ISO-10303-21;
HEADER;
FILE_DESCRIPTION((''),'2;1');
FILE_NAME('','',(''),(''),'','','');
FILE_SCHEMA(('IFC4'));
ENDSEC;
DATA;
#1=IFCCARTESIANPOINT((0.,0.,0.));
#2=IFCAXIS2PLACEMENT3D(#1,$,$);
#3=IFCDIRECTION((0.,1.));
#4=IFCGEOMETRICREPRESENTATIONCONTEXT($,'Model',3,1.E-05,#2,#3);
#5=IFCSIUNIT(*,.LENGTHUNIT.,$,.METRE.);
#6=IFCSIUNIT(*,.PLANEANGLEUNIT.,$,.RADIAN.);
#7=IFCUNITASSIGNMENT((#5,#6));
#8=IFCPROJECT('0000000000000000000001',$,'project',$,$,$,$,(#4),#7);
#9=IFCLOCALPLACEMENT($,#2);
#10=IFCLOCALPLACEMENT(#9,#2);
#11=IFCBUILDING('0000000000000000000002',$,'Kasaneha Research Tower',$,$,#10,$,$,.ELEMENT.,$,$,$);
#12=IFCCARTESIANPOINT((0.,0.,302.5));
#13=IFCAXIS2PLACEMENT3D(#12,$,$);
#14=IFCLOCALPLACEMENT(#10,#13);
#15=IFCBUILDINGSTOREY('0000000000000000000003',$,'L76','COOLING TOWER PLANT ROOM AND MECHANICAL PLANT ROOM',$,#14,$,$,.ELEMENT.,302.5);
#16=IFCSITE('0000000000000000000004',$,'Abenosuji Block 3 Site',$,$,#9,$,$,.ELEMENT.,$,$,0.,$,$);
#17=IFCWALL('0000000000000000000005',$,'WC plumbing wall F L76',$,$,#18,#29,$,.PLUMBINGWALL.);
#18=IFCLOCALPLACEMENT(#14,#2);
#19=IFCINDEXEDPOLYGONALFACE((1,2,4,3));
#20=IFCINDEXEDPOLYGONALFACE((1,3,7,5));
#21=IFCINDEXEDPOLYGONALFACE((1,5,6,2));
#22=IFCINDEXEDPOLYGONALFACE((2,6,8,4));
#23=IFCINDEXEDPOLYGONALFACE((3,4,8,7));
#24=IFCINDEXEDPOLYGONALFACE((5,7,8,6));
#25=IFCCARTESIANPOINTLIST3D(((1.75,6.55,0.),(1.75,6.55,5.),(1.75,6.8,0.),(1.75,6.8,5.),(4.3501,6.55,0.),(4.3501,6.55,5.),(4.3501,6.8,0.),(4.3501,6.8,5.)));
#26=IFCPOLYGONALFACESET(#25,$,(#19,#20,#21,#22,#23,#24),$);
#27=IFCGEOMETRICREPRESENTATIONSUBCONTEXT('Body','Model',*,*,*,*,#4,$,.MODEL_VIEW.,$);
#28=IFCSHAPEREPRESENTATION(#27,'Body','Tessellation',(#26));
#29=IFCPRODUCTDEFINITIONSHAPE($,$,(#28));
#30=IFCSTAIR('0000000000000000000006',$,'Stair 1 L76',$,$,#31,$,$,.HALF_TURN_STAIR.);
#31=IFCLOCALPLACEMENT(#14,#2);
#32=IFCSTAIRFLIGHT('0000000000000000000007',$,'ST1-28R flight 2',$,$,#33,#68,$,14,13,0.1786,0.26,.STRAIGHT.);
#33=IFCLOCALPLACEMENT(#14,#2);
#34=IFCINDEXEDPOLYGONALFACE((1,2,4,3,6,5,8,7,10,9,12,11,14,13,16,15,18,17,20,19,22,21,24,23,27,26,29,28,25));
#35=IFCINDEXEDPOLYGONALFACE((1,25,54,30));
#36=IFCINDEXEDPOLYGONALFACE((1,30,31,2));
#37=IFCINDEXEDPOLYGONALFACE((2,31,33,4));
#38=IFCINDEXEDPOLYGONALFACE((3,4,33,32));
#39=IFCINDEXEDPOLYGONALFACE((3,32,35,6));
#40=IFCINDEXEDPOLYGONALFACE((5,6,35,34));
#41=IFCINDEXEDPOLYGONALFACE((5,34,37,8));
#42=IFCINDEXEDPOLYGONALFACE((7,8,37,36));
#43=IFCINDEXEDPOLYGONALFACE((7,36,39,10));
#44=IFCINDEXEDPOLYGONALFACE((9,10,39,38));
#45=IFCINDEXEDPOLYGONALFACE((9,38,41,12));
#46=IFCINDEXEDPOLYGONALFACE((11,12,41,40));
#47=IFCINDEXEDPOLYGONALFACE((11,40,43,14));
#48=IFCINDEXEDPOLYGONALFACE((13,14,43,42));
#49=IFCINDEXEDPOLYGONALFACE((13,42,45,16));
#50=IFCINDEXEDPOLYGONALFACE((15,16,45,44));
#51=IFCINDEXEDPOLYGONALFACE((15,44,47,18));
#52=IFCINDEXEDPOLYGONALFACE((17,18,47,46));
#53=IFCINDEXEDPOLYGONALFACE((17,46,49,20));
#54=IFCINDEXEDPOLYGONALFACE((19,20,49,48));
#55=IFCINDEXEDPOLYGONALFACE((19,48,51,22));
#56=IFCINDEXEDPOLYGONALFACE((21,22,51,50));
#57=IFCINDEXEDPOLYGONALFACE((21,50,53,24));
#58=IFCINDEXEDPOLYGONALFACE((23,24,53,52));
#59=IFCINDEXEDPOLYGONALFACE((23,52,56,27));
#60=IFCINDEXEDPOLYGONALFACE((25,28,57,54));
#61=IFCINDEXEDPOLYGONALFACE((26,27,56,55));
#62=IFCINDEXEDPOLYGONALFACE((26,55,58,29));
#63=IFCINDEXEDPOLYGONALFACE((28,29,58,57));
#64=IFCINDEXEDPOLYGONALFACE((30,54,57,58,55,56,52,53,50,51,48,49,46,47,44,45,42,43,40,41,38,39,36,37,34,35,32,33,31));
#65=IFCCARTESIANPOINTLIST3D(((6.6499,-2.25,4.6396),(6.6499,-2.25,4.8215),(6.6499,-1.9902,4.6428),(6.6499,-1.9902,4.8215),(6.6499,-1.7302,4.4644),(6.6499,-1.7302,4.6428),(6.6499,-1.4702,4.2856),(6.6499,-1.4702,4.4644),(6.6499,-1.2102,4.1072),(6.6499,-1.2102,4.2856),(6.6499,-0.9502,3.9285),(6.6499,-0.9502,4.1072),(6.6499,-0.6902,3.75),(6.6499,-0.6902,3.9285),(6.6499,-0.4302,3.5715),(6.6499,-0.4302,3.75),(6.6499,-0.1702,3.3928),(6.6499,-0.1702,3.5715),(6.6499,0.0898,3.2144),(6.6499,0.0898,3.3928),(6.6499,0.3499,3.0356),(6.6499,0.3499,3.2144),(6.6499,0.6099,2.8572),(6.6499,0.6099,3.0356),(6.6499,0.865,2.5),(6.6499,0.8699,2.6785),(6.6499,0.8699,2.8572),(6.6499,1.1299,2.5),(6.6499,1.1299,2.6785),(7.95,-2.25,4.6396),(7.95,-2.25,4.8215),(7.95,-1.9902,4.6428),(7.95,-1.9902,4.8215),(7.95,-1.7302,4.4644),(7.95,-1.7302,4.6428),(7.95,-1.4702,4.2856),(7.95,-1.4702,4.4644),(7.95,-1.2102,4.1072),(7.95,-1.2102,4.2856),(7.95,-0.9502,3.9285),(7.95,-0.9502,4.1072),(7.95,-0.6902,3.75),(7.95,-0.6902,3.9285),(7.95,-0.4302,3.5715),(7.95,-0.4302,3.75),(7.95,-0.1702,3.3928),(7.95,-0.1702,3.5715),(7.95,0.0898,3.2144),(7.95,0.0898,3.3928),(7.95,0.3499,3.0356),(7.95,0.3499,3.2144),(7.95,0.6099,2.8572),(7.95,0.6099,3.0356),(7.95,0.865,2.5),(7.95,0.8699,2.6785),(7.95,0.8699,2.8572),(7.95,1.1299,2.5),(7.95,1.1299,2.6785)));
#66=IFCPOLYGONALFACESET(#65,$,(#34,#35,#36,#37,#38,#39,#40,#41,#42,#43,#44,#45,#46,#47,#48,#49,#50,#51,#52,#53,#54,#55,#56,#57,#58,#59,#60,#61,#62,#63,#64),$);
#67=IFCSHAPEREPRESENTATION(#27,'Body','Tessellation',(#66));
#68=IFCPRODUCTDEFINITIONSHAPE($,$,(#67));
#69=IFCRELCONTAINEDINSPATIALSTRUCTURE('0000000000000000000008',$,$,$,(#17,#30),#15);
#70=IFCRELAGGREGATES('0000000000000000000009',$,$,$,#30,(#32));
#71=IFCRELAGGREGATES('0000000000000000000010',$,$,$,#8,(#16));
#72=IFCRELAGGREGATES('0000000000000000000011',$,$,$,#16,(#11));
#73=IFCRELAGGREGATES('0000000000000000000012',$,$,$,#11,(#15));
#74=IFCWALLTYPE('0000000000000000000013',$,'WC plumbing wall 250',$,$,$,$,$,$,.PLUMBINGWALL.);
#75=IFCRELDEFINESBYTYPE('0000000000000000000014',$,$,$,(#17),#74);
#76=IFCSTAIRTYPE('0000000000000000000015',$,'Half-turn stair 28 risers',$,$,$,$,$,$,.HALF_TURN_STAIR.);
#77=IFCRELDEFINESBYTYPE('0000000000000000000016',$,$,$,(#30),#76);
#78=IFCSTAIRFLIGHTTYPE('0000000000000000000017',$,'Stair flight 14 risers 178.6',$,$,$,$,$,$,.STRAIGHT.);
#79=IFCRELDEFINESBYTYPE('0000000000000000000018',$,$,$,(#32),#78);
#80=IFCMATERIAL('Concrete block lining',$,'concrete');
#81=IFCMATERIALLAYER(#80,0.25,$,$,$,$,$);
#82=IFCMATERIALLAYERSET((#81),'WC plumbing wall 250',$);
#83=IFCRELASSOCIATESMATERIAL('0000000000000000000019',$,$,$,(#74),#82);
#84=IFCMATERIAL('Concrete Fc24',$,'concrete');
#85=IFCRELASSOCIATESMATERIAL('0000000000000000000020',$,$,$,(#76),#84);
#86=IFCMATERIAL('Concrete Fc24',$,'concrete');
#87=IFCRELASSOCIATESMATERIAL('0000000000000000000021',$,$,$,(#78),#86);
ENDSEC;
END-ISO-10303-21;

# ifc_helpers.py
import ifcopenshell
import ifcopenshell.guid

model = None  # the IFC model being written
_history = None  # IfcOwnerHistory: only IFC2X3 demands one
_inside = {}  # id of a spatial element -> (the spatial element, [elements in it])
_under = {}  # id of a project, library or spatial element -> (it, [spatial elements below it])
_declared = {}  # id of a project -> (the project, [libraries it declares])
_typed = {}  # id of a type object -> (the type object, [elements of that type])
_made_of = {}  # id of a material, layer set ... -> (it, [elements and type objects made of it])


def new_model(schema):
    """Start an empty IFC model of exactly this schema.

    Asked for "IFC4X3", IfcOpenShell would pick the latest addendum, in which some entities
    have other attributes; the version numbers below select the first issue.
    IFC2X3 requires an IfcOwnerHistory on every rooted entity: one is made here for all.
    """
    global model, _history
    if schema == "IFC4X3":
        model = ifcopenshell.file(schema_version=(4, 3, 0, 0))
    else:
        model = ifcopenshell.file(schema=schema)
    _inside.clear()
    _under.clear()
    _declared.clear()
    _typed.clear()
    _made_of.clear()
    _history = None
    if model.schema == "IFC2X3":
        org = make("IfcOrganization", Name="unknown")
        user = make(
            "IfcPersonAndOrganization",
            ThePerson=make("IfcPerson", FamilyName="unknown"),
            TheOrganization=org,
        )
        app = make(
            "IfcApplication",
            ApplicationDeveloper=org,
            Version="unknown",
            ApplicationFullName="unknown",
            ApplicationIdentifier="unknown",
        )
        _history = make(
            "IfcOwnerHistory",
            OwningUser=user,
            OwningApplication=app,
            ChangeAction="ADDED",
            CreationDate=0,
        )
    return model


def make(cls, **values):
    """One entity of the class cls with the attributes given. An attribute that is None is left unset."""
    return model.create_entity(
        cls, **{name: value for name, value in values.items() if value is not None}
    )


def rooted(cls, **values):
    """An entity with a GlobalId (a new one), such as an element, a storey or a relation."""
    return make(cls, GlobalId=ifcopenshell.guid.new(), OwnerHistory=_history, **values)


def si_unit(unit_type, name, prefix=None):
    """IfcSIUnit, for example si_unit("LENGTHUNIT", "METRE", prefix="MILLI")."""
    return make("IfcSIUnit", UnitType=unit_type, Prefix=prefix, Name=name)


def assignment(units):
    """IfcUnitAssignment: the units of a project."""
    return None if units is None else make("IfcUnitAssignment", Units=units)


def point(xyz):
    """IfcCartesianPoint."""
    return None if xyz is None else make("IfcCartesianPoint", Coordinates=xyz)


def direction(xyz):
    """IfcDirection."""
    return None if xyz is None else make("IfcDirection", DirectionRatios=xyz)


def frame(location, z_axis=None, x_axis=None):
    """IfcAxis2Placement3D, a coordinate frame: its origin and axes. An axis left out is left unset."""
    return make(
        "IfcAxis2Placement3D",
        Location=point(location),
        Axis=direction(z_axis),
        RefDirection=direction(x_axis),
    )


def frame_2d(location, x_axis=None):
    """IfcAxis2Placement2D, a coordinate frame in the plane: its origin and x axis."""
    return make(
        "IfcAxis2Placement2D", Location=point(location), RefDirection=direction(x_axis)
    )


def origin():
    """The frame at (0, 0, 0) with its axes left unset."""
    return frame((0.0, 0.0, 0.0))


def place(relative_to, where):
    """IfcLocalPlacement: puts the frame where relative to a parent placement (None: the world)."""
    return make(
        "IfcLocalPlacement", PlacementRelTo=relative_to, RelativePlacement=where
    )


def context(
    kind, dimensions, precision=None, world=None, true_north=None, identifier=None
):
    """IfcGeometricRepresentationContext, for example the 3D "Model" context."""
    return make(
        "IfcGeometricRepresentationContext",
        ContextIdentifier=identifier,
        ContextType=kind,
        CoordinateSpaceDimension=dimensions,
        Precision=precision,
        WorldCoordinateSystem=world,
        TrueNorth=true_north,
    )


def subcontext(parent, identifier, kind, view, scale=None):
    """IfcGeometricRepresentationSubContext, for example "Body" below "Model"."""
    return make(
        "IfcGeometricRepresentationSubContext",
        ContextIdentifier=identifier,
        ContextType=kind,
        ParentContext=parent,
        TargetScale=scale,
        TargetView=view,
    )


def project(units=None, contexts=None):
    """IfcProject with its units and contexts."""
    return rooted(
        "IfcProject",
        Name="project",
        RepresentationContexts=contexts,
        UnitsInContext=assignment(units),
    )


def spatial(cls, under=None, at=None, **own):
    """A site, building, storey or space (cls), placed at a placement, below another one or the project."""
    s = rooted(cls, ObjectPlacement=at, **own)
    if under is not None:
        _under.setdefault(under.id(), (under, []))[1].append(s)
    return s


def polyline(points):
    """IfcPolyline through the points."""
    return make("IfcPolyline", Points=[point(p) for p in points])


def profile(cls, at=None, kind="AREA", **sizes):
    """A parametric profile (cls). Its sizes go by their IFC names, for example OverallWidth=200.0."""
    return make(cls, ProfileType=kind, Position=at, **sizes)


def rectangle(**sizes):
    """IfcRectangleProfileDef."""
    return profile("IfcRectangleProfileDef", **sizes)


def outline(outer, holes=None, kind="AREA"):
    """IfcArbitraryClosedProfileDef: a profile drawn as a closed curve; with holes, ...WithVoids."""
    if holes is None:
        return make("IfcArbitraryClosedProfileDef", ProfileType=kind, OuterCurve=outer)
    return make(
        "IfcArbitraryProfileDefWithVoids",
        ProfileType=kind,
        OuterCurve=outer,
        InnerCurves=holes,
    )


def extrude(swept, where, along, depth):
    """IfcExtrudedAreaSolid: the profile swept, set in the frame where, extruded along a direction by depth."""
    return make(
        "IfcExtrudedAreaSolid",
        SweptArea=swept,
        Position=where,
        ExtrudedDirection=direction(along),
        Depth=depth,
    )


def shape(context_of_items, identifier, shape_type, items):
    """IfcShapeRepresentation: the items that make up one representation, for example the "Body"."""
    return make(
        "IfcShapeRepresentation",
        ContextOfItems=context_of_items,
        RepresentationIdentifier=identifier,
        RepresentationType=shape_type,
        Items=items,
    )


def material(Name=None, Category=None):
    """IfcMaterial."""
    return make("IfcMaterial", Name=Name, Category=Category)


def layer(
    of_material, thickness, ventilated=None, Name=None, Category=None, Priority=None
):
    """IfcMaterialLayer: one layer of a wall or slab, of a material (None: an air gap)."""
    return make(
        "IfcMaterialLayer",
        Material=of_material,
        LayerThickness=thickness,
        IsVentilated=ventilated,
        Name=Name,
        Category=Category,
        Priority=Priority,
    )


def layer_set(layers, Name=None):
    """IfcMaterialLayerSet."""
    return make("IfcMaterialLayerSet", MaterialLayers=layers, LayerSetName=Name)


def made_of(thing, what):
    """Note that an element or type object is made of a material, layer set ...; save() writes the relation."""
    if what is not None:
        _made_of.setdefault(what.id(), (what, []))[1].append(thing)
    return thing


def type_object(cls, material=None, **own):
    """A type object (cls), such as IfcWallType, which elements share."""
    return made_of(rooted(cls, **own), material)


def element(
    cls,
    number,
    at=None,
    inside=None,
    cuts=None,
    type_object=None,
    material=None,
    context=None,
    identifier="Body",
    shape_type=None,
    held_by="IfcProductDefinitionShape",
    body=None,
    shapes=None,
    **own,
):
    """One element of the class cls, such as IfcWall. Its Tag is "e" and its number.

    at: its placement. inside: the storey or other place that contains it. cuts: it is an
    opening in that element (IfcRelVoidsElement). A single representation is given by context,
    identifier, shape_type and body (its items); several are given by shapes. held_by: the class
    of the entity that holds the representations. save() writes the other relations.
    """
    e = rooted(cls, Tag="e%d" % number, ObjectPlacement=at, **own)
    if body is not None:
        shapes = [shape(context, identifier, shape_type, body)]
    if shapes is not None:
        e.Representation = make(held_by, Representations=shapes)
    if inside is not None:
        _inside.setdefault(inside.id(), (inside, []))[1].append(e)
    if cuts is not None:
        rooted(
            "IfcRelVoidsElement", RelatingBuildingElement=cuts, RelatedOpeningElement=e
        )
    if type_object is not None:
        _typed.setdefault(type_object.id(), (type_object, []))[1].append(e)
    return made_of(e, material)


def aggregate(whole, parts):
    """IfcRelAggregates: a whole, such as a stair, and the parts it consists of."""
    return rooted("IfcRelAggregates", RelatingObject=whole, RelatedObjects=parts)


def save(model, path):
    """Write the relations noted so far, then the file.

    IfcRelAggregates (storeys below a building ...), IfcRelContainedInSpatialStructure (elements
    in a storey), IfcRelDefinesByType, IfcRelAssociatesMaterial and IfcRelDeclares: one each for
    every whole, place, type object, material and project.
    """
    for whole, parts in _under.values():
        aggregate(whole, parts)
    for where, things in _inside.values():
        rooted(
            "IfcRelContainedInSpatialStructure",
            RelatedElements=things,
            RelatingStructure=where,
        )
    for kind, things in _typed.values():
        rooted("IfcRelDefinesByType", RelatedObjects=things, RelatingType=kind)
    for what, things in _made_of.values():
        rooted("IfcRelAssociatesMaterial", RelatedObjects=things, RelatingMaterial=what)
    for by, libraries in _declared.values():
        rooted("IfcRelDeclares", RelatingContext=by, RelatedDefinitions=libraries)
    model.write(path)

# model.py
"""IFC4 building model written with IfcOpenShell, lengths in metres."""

from ifc_helpers import new_model, si_unit, direction, frame, frame_2d, origin, place, context, subcontext, project, spatial, polyline, rectangle, outline, extrude, material, layer, layer_set, type_object, element, aggregate, save


model = new_model("IFC4")

# Units and contexts
model_context = context("Model", 3, precision=1e-05, world=origin(), true_north=direction((0.0, 1.0)))
body_context = subcontext(model_context, "Body", "Model", "MODEL_VIEW")
ifc_project = project(units=[si_unit("LENGTHUNIT", "METRE"), si_unit("PLANEANGLEUNIT", "RADIAN")], contexts=[model_context])

# Site, building, storey
site_placement = place(None, origin())
site = spatial("IfcSite", under=ifc_project, at=site_placement, Name="Abenosuji Block 3 Site", CompositionType="ELEMENT", RefElevation=0.0)
building_placement = place(site_placement, origin())
building = spatial("IfcBuilding", under=site, at=building_placement, Name="Kasaneha Research Tower", CompositionType="ELEMENT")
storey_placement = place(building_placement, frame((0.0, 0.0, 302.5)))
storey = spatial("IfcBuildingStorey", under=building, at=storey_placement, Name="L76", Description="COOLING TOWER PLANT ROOM AND MECHANICAL PLANT ROOM", CompositionType="ELEMENT", Elevation=302.5)

# Wall
ifc_material_1 = material(Name="Concrete block lining", Category="concrete")
ifc_layer_1 = layer(ifc_material_1, 0.25)
ifc_layer_set_1 = layer_set([ifc_layer_1], Name="WC plumbing wall 250")
wall_type_1 = type_object("IfcWallType", Name="WC plumbing wall 250", PredefinedType="PLUMBINGWALL", material=ifc_layer_set_1)
wall_1_placement = place(storey_placement, frame((1.75, 6.675, 0.0), z_axis=(0.0, 0.0, 1.0), x_axis=(1.0, 0.0, 0.0)))
element("IfcWall", 1, at=wall_1_placement, inside=storey, type_object=wall_type_1, Name="WC plumbing wall F L76", PredefinedType="PLUMBINGWALL", context=body_context, shape_type="SweptSolid", body=[
    extrude(rectangle(XDim=2.6001, YDim=0.25, at=frame_2d((1.3, 0.0))), origin(), (0.0, 0.0, 1.0), 5.0),
])

# Stair, stair flight
ifc_material_2 = material(Name="Concrete Fc24", Category="concrete")
stair_type = type_object("IfcStairType", Name="Half-turn stair 28 risers", PredefinedType="HALF_TURN_STAIR", material=ifc_material_2)
stair_placement = place(storey_placement, origin())
stair = element("IfcStair", 2, at=stair_placement, inside=storey, type_object=stair_type, Name="Stair 1 L76", PredefinedType="HALF_TURN_STAIR")
ifc_material_3 = material(Name="Concrete Fc24", Category="concrete")
stair_flight_type = type_object("IfcStairFlightType", Name="Stair flight 14 risers 178.6", PredefinedType="STRAIGHT", material=ifc_material_3)
stair_flight_placement = place(storey_placement, frame((7.3, 1.1299, 2.5), z_axis=(0.0, 0.0, 1.0), x_axis=(0.0, -1.0, 0.0)))
stair_flight = element("IfcStairFlight", 3, at=stair_flight_placement, type_object=stair_flight_type, Name="ST1-28R flight 2", NumberOfRisers=14, NumberOfTreads=13, PredefinedType="STRAIGHT", RiserHeight=0.1786, TreadLength=0.26, context=body_context, shape_type="SweptSolid", body=[
    extrude(outline(polyline([(0.0, 0.0), (0.0, 0.1785), (0.26, 0.1785), (0.26, 0.3572), (0.52, 0.3572), (0.52, 0.5356), (0.78, 0.5356), (0.78, 0.7144), (1.04, 0.7144), (1.04, 0.8928), (1.3, 0.8928), (1.3, 1.0715), (1.5601, 1.0715), (1.5601, 1.25), (1.8201, 1.25), (1.8201, 1.4285), (2.0801, 1.4285), (2.0801, 1.6072), (2.3401, 1.6072), (2.3401, 1.7856), (2.6001, 1.7856), (2.6001, 1.9644), (2.8601, 1.9644), (2.8601, 2.1428), (3.1201, 2.1428), (3.1201, 2.3215), (3.3799, 2.3215), (3.3799, 2.5), (3.3799, 2.1396), (0.2649, 0.0), (0.0, 0.0)])), frame((0.0, 0.6499, 0.0), z_axis=(0.0, -1.0, 0.0), x_axis=(1.0, 0.0, 0.0)), (0.0, 0.0, 1.0), 1.3),
])
aggregate(stair, [stair_flight])

save(model, "model.ifc")
